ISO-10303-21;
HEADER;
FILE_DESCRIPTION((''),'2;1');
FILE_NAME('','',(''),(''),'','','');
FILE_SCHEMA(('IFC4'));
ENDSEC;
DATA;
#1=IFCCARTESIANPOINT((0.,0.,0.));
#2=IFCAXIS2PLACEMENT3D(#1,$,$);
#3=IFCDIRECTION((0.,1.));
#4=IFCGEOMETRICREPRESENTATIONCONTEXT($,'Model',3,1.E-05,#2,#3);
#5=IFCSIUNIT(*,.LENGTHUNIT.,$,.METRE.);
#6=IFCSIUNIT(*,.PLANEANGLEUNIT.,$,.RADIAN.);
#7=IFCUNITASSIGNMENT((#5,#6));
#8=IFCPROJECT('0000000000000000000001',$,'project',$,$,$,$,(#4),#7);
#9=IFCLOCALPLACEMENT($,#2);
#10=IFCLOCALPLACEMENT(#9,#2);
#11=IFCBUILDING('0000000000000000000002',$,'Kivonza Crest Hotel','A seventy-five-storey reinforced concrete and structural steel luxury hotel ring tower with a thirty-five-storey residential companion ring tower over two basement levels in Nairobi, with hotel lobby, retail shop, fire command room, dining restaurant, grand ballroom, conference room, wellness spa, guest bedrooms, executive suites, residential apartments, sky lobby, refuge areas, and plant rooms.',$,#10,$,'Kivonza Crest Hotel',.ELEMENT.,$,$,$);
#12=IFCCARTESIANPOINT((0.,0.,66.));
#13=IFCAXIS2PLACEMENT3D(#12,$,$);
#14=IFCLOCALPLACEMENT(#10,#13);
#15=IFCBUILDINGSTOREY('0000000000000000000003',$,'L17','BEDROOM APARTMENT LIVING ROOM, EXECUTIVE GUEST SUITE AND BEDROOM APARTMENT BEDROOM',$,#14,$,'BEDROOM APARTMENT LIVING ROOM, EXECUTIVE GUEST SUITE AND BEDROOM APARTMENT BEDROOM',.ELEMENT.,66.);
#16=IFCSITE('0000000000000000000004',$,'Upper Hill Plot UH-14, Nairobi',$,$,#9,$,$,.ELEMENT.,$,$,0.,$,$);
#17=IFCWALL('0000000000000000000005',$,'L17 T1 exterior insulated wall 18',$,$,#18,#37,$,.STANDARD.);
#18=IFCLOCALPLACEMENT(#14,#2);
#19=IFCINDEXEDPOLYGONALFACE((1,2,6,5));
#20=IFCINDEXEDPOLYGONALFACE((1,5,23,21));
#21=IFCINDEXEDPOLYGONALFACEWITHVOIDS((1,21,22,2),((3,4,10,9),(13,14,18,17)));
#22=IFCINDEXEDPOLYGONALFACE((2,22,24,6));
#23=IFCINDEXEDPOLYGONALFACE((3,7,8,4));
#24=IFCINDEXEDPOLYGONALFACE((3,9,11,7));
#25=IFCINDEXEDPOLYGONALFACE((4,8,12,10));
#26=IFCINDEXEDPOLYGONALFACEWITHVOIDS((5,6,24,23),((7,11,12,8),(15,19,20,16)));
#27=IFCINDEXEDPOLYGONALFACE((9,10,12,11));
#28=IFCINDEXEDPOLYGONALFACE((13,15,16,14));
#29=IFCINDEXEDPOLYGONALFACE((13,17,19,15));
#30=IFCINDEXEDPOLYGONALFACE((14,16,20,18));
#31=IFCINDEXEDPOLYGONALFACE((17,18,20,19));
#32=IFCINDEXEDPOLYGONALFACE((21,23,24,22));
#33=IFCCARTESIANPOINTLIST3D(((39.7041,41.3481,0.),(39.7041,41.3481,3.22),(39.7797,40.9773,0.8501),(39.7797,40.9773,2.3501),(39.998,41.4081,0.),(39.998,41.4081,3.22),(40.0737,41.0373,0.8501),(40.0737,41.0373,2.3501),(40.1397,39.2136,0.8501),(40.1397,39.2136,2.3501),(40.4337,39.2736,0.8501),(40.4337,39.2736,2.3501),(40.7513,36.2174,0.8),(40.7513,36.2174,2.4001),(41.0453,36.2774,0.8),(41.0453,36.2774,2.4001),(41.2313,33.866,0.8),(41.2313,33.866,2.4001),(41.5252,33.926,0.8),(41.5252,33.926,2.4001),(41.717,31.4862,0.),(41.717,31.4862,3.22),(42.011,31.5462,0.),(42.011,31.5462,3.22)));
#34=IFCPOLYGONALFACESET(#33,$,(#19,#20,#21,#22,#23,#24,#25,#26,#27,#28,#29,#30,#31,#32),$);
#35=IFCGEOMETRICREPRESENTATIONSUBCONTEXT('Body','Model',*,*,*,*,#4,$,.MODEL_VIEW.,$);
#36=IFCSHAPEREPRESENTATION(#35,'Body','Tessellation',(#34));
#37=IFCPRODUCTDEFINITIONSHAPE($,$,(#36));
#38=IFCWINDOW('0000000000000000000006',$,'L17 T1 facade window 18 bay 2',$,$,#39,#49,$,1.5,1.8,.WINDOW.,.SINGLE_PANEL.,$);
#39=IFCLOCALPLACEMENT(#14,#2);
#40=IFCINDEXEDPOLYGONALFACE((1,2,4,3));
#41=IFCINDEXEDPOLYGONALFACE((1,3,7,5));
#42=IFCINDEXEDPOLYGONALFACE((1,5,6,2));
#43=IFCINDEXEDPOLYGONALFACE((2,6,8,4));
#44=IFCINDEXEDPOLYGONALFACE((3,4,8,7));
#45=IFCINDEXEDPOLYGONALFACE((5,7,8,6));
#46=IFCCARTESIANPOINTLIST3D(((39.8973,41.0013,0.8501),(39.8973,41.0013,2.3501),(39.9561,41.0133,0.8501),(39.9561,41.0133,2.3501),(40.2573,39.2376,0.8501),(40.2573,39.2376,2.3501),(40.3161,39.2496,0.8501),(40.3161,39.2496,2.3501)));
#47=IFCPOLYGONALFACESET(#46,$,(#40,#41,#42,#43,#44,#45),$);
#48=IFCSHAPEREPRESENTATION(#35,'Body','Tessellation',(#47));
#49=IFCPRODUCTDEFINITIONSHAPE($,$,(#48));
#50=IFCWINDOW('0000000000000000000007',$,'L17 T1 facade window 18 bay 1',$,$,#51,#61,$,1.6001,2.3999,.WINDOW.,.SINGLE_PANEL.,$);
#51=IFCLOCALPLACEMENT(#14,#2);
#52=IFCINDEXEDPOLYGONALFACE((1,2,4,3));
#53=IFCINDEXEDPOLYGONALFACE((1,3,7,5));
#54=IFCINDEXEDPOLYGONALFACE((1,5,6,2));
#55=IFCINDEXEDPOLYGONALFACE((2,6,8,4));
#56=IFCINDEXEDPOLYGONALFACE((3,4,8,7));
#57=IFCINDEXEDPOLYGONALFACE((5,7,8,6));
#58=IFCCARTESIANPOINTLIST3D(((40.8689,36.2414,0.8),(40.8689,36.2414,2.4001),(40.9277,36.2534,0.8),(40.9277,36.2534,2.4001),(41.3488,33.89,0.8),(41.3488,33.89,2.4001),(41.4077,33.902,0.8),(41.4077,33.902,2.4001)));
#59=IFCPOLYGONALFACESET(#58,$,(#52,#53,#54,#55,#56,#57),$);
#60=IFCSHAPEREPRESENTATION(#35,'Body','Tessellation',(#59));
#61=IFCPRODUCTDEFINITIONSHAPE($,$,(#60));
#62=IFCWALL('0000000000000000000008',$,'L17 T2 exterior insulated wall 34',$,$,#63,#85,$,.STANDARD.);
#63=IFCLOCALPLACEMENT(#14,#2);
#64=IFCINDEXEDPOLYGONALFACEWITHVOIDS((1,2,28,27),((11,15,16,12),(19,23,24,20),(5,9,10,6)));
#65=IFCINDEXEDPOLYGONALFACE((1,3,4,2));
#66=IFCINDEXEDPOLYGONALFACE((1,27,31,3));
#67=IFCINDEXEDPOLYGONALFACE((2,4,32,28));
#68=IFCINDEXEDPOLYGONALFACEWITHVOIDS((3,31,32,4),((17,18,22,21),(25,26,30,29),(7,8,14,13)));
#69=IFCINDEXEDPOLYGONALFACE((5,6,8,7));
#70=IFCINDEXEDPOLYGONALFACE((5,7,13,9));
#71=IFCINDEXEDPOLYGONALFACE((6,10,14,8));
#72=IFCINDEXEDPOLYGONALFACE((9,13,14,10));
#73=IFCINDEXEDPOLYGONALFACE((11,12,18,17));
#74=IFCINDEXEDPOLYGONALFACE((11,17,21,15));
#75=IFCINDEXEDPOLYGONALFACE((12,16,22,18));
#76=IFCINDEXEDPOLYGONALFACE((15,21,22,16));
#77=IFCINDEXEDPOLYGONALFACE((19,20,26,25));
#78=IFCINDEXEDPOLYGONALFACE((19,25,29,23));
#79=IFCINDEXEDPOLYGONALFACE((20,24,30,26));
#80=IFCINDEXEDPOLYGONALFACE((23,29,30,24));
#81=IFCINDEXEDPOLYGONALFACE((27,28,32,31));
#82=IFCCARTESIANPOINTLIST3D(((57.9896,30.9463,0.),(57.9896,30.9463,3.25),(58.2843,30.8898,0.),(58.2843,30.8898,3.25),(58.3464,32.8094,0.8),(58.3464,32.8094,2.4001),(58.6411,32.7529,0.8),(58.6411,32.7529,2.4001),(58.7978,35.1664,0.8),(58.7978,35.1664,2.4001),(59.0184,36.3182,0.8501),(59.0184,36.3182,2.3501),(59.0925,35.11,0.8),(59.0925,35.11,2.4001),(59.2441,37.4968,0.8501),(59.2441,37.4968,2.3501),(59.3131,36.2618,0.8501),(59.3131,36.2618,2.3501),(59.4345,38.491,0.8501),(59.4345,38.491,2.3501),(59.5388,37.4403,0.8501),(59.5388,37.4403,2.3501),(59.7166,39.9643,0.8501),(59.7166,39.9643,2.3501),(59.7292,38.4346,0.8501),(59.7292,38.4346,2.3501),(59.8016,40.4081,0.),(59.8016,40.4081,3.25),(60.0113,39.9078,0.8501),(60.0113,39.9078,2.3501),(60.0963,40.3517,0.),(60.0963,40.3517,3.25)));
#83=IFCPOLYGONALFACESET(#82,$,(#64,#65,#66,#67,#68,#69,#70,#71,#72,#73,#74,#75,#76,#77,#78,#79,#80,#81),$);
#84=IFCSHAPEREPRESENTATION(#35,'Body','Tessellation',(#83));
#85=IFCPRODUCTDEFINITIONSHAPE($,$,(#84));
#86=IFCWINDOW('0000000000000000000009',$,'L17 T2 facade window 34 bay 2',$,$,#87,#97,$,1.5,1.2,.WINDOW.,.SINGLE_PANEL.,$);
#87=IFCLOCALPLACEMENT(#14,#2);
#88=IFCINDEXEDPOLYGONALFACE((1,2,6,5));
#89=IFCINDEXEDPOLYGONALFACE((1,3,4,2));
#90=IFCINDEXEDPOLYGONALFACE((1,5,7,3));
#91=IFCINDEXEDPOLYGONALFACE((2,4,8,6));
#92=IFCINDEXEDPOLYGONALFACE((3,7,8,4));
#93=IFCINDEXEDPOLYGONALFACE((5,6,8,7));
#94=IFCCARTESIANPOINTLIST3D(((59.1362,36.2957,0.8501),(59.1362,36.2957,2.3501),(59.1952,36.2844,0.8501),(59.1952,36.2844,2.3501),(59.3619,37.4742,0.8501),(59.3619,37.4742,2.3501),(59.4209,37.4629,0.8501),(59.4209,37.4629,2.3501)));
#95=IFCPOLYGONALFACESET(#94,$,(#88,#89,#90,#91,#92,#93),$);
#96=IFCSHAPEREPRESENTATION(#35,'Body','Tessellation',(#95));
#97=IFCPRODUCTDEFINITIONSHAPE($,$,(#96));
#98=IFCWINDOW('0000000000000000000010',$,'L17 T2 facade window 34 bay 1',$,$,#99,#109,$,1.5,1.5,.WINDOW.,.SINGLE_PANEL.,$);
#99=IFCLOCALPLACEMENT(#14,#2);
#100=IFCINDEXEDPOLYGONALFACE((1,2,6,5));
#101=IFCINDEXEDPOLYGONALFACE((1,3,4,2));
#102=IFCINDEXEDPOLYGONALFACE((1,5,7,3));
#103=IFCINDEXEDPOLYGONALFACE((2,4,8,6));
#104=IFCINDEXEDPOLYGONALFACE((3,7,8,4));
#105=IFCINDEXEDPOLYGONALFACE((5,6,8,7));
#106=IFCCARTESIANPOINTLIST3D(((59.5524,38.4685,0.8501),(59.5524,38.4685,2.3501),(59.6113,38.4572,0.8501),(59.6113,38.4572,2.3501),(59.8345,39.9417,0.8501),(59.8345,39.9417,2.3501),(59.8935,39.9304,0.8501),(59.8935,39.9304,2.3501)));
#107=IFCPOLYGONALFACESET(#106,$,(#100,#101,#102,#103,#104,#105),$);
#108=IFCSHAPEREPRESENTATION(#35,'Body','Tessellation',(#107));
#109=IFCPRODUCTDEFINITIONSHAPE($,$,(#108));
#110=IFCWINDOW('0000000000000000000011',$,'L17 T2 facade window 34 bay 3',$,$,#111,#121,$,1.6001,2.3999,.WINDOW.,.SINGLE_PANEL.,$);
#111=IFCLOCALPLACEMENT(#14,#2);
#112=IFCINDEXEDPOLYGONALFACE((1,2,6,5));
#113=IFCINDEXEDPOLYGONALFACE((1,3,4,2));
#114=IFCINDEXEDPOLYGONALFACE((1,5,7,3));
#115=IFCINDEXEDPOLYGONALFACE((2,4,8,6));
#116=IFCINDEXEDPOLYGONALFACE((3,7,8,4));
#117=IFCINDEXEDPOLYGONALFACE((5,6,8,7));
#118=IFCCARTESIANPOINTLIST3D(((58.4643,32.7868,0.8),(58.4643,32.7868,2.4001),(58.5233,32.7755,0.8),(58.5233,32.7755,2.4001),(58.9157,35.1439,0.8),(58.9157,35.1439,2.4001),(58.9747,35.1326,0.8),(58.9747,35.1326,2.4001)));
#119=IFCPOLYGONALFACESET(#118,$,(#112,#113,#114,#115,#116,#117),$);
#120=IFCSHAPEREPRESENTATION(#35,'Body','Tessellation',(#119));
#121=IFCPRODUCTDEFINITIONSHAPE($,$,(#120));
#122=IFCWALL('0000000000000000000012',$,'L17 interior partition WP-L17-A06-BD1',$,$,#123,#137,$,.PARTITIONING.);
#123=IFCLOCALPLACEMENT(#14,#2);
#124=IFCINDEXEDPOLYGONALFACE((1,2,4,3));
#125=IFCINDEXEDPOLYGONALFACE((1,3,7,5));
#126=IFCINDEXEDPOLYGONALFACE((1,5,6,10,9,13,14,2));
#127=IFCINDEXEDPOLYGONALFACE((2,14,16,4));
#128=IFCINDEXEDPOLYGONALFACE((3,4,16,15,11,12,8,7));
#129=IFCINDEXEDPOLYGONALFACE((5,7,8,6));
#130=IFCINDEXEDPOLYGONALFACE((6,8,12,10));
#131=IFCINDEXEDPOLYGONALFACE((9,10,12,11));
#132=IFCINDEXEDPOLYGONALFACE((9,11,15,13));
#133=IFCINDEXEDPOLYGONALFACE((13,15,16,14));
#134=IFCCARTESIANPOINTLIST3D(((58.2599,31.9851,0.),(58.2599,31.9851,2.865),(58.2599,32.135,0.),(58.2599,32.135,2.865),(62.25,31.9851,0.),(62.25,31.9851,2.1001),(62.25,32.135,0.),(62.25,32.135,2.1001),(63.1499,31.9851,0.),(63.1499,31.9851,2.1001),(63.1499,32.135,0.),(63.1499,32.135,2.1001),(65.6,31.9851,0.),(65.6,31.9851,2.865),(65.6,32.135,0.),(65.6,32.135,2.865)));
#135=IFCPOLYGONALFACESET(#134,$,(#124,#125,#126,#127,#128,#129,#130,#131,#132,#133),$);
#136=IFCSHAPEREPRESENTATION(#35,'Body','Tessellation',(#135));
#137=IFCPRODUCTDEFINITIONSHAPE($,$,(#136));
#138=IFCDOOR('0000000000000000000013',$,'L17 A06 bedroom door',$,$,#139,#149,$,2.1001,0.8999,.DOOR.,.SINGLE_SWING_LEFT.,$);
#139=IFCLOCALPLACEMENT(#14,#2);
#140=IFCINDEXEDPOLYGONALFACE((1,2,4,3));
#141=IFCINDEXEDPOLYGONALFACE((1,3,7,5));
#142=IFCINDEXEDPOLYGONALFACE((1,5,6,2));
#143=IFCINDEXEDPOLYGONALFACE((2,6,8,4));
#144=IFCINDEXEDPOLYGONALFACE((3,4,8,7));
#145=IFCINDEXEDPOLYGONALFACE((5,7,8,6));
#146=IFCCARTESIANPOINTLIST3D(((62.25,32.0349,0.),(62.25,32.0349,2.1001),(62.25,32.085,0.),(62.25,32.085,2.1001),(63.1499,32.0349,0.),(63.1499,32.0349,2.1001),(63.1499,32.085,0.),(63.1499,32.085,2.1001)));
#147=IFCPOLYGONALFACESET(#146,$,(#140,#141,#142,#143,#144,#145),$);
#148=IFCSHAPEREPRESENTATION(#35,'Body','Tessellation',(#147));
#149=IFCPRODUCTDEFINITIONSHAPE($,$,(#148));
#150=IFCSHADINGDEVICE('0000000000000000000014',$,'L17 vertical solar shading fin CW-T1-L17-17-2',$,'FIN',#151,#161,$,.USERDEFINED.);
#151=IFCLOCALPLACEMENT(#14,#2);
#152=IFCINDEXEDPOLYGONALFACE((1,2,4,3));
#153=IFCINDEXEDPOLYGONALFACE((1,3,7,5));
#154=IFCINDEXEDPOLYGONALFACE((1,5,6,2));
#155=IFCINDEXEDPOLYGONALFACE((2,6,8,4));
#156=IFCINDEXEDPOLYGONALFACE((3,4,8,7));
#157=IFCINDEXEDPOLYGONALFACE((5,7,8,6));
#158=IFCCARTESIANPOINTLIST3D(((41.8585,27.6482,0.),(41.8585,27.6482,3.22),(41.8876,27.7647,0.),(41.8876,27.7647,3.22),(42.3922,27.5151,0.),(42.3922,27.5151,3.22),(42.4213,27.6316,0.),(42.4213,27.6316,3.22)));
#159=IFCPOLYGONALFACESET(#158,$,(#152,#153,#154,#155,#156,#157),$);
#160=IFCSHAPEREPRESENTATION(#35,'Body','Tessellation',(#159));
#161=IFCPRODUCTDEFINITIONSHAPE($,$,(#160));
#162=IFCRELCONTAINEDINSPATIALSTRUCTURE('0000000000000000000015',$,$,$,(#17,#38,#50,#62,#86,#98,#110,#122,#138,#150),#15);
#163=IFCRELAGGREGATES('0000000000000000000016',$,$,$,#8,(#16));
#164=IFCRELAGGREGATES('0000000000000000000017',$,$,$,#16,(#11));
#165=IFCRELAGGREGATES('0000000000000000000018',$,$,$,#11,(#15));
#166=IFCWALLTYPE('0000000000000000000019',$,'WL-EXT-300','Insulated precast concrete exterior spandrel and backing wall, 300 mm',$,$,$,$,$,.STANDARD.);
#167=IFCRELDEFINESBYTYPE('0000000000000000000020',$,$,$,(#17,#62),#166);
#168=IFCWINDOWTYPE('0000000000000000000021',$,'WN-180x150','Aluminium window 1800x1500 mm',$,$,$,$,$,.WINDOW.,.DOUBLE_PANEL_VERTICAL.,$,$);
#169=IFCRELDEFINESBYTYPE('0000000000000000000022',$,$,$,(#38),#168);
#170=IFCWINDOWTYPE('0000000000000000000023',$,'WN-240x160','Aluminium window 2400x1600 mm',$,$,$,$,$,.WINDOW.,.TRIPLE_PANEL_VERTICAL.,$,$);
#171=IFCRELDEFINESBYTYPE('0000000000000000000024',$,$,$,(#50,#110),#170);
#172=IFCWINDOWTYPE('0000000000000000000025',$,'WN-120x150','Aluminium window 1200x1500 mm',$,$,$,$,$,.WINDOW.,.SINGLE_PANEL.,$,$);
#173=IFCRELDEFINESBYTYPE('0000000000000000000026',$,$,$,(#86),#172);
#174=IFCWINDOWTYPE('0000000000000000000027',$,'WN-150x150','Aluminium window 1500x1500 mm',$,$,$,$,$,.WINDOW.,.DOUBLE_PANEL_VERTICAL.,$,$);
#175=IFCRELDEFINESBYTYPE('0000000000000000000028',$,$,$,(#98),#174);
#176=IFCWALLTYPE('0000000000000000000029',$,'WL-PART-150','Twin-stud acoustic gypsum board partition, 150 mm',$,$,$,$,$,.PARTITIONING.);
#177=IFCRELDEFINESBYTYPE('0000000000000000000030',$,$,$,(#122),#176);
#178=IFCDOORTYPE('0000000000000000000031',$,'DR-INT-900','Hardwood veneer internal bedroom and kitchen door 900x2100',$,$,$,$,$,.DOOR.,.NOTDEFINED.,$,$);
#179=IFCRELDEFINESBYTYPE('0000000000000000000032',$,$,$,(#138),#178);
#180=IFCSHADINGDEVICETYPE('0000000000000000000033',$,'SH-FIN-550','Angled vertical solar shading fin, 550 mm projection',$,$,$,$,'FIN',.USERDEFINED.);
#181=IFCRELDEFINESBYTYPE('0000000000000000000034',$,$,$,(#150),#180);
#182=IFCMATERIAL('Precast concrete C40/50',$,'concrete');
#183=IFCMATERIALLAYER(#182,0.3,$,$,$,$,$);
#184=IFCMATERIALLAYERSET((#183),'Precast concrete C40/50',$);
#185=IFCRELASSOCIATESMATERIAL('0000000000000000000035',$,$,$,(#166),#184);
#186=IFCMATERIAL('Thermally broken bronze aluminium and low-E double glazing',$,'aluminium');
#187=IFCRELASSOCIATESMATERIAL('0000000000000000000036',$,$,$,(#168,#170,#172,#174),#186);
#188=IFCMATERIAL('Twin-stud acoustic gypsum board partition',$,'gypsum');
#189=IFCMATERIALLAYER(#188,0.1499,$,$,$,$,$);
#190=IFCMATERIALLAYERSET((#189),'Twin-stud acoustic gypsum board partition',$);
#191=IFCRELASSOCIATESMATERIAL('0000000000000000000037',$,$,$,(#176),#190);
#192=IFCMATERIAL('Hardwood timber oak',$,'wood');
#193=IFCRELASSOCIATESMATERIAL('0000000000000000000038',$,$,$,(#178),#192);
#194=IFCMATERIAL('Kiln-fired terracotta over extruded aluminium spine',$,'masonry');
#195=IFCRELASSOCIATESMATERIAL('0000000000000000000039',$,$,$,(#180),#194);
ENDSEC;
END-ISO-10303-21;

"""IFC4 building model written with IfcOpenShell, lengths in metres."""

from ifc_helpers import new_model, si_unit, direction, frame, frame_2d, origin, origin_2d, place, context, subcontext, project, spatial, rectangle, extrude, material, layer, layer_set, type_object, element, fill, save


model = new_model("IFC4")

# Units and contexts
model_context = context("Model", 3, precision=1e-05, world=origin(), true_north=direction((0.0, 1.0)))
body_context = subcontext(model_context, "Body", "Model", "MODEL_VIEW")
ifc_project = project(units=[si_unit("LENGTHUNIT", "METRE"), si_unit("PLANEANGLEUNIT", "RADIAN")], contexts=[model_context])

# Site, building, storey
site_placement = place(None, origin())
site = spatial("IfcSite", under=ifc_project, at=site_placement, Name="Upper Hill Plot UH-14, Nairobi", CompositionType="ELEMENT", RefElevation=0.0)
building_placement = place(site_placement, origin())
building = spatial("IfcBuilding", under=site, at=building_placement, Name="Kivonza Crest Hotel", Description="A seventy-five-storey reinforced concrete and structural steel luxury hotel ring tower with a thirty-five-storey residential companion ring tower over two basement levels in Nairobi, with hotel lobby, retail shop, fire command room, dining restaurant, grand ballroom, conference room, wellness spa, guest bedrooms, executive suites, residential apartments, sky lobby, refuge areas, and plant rooms.", LongName="Kivonza Crest Hotel", CompositionType="ELEMENT")
storey_placement = place(building_placement, frame((0.0, 0.0, 66.0)))
storey = spatial("IfcBuildingStorey", under=building, at=storey_placement, Name="L17", Description="BEDROOM APARTMENT LIVING ROOM, EXECUTIVE GUEST SUITE AND BEDROOM APARTMENT BEDROOM", LongName="BEDROOM APARTMENT LIVING ROOM, EXECUTIVE GUEST SUITE AND BEDROOM APARTMENT BEDROOM", CompositionType="ELEMENT", Elevation=66.0)

# Walls, openings, windows
ifc_material_1 = material(Name="Precast concrete C40/50", Category="concrete")
ifc_layer_1 = layer(ifc_material_1, 0.3)
ifc_layer_set_1 = layer_set([ifc_layer_1], Name="Precast concrete C40/50")
wall_type_1 = type_object("IfcWallType", Name="WL-EXT-300", Description="Insulated precast concrete exterior spandrel and backing wall, 300 mm", PredefinedType="STANDARD", material=ifc_layer_set_1)
wall_1_placement = place(storey_placement, frame((41.864, 31.5161, 0.0), z_axis=(0.0, 0.0, 1.0), x_axis=(-0.199991, 0.979798, 0.0)))
wall_1 = element("IfcWall", 1, at=wall_1_placement, inside=storey, type_object=wall_type_1, Name="L17 T1 exterior insulated wall 18", PredefinedType="STANDARD", context=body_context, shape_type="SweptSolid", body=[
    extrude(rectangle(XDim=10.0652, YDim=0.3, at=frame_2d((5.0327, 0.0))), origin(), (0.0, 0.0, 1.0), 3.22),
])
opening_1_placement = place(wall_1_placement, frame((2.429, 0.0, 0.8)))
opening_1 = element("IfcOpeningElement", 2, at=opening_1_placement, cuts=wall_1, PredefinedType="OPENING", context=body_context, shape_type="SweptSolid", body=[
    extrude(rectangle(XDim=2.3999, YDim=1.6001, at=frame_2d((1.2, 0.8))), frame((0.0, 0.1602, 0.0), z_axis=(0.0, -1.0, 0.0), x_axis=(1.0, 0.0, 0.0)), (0.0, 0.0, 1.0), 0.3201),
])
opening_2_placement = place(wall_1_placement, frame((7.887, 0.0, 0.8501)))
opening_2 = element("IfcOpeningElement", 3, at=opening_2_placement, cuts=wall_1, PredefinedType="OPENING", context=body_context, shape_type="SweptSolid", body=[
    extrude(rectangle(XDim=1.8, YDim=1.5, at=frame_2d((0.8999, 0.75))), frame((0.0, 0.1602, 0.0), z_axis=(0.0, -1.0, 0.0), x_axis=(1.0, 0.0, 0.0)), (0.0, 0.0, 1.0), 0.3201),
])
ifc_material_2 = material(Name="Thermally broken bronze aluminium and low-E double glazing", Category="aluminium")
window_type_1 = type_object("IfcWindowType", Name="WN-180x150", Description="Aluminium window 1800x1500 mm", PartitioningType="DOUBLE_PANEL_VERTICAL", PredefinedType="WINDOW", material=ifc_material_2)
window_1_placement = place(opening_2_placement, origin())
window_1 = element("IfcWindow", 4, at=window_1_placement, inside=storey, type_object=window_type_1, Name="L17 T1 facade window 18 bay 2", OverallHeight=1.5, OverallWidth=1.8, PartitioningType="SINGLE_PANEL", PredefinedType="WINDOW", context=body_context, shape_type="SweptSolid", body=[
    extrude(rectangle(XDim=1.8, YDim=1.5, at=frame_2d((0.8999, 0.75))), frame((0.0, 0.03, 0.0), z_axis=(0.0, -1.0, 0.0), x_axis=(1.0, 0.0, 0.0)), (0.0, 0.0, 1.0), 0.0601),
])
fill(opening_2, window_1)
window_type_2 = type_object("IfcWindowType", Name="WN-240x160", Description="Aluminium window 2400x1600 mm", PartitioningType="TRIPLE_PANEL_VERTICAL", PredefinedType="WINDOW", material=ifc_material_2)
window_2_placement = place(opening_1_placement, origin())
window_2 = element("IfcWindow", 5, at=window_2_placement, inside=storey, type_object=window_type_2, Name="L17 T1 facade window 18 bay 1", OverallHeight=1.6001, OverallWidth=2.3999, PartitioningType="SINGLE_PANEL", PredefinedType="WINDOW", context=body_context, shape_type="SweptSolid", body=[
    extrude(rectangle(XDim=2.3999, YDim=1.6001, at=frame_2d((1.2, 0.8))), frame((0.0, 0.03, 0.0), z_axis=(0.0, -1.0, 0.0), x_axis=(1.0, 0.0, 0.0)), (0.0, 0.0, 1.0), 0.0601),
])
fill(opening_1, window_2)
wall_2_placement = place(storey_placement, frame((59.949, 40.3799, 0.0), z_axis=(0.0, 0.0, 1.0), x_axis=(-0.188088, -0.982152, 0.0)))
wall_2 = element("IfcWall", 6, at=wall_2_placement, inside=storey, type_object=wall_type_1, Name="L17 T2 exterior insulated wall 34", PredefinedType="STANDARD", context=body_context, shape_type="SweptSolid", body=[
    extrude(rectangle(XDim=9.6338, YDim=0.3, at=frame_2d((4.8169, 0.0))), origin(), (0.0, 0.0, 1.0), 3.25),
])
opening_3_placement = place(wall_2_placement, frame((0.4519, 0.0, 0.8501)))
opening_3 = element("IfcOpeningElement", 7, at=opening_3_placement, cuts=wall_2, PredefinedType="OPENING", context=body_context, shape_type="SweptSolid", body=[
    extrude(rectangle(XDim=1.5, YDim=1.5, at=frame_2d((0.75, 0.75))), frame((0.0, 0.1602, 0.0), z_axis=(0.0, -1.0, 0.0), x_axis=(1.0, 0.0, 0.0)), (0.0, 0.0, 1.0), 0.3201),
])
opening_4_placement = place(wall_2_placement, frame((2.9641, 0.0, 0.8501)))
opening_4 = element("IfcOpeningElement", 8, at=opening_4_placement, cuts=wall_2, PredefinedType="OPENING", context=body_context, shape_type="SweptSolid", body=[
    extrude(rectangle(XDim=1.2, YDim=1.5, at=frame_2d((0.6001, 0.75))), frame((0.0, 0.1602, 0.0), z_axis=(0.0, -1.0, 0.0), x_axis=(1.0, 0.0, 0.0)), (0.0, 0.0, 1.0), 0.3201),
])
opening_5_placement = place(wall_2_placement, frame((5.3369, 0.0, 0.8)))
opening_5 = element("IfcOpeningElement", 9, at=opening_5_placement, cuts=wall_2, PredefinedType="OPENING", context=body_context, shape_type="SweptSolid", body=[
    extrude(rectangle(XDim=2.3999, YDim=1.6001, at=frame_2d((1.2, 0.8))), frame((0.0, 0.1602, 0.0), z_axis=(0.0, -1.0, 0.0), x_axis=(1.0, 0.0, 0.0)), (0.0, 0.0, 1.0), 0.3201),
])
window_type_3 = type_object("IfcWindowType", Name="WN-120x150", Description="Aluminium window 1200x1500 mm", PartitioningType="SINGLE_PANEL", PredefinedType="WINDOW", material=ifc_material_2)
window_3_placement = place(opening_4_placement, origin())
window_3 = element("IfcWindow", 10, at=window_3_placement, inside=storey, type_object=window_type_3, Name="L17 T2 facade window 34 bay 2", OverallHeight=1.5, OverallWidth=1.2, PartitioningType="SINGLE_PANEL", PredefinedType="WINDOW", context=body_context, shape_type="SweptSolid", body=[
    extrude(rectangle(XDim=1.2, YDim=1.5, at=frame_2d((0.6001, 0.75))), frame((0.0, 0.03, 0.0), z_axis=(0.0, -1.0, 0.0), x_axis=(1.0, 0.0, 0.0)), (0.0, 0.0, 1.0), 0.0601),
])
fill(opening_4, window_3)
window_type_4 = type_object("IfcWindowType", Name="WN-150x150", Description="Aluminium window 1500x1500 mm", PartitioningType="DOUBLE_PANEL_VERTICAL", PredefinedType="WINDOW", material=ifc_material_2)
window_4_placement = place(opening_3_placement, origin())
window_4 = element("IfcWindow", 11, at=window_4_placement, inside=storey, type_object=window_type_4, Name="L17 T2 facade window 34 bay 1", OverallHeight=1.5, OverallWidth=1.5, PartitioningType="SINGLE_PANEL", PredefinedType="WINDOW", context=body_context, shape_type="SweptSolid", body=[
    extrude(rectangle(XDim=1.5, YDim=1.5, at=frame_2d((0.75, 0.75))), frame((0.0, 0.03, 0.0), z_axis=(0.0, -1.0, 0.0), x_axis=(1.0, 0.0, 0.0)), (0.0, 0.0, 1.0), 0.0601),
])
fill(opening_3, window_4)
window_5_placement = place(opening_5_placement, origin())
window_5 = element("IfcWindow", 12, at=window_5_placement, inside=storey, type_object=window_type_2, Name="L17 T2 facade window 34 bay 3", OverallHeight=1.6001, OverallWidth=2.3999, PartitioningType="SINGLE_PANEL", PredefinedType="WINDOW", context=body_context, shape_type="SweptSolid", body=[
    extrude(rectangle(XDim=2.3999, YDim=1.6001, at=frame_2d((1.2, 0.8))), frame((0.0, 0.03, 0.0), z_axis=(0.0, -1.0, 0.0), x_axis=(1.0, 0.0, 0.0)), (0.0, 0.0, 1.0), 0.0601),
])
fill(opening_5, window_5)

# Wall, opening, door
ifc_material_3 = material(Name="Twin-stud acoustic gypsum board partition", Category="gypsum")
ifc_layer_2 = layer(ifc_material_3, 0.1499)
ifc_layer_set_2 = layer_set([ifc_layer_2], Name="Twin-stud acoustic gypsum board partition")
wall_type_2 = type_object("IfcWallType", Name="WL-PART-150", Description="Twin-stud acoustic gypsum board partition, 150 mm", PredefinedType="PARTITIONING", material=ifc_layer_set_2)
wall_3_placement = place(storey_placement, frame((58.26, 32.0601, 0.0), z_axis=(0.0, 0.0, 1.0), x_axis=(1.0, 0.0, 0.0)))
wall_3 = element("IfcWall", 13, at=wall_3_placement, inside=storey, type_object=wall_type_2, Name="L17 interior partition WP-L17-A06-BD1", PredefinedType="PARTITIONING", context=body_context, shape_type="SweptSolid", body=[
    extrude(rectangle(XDim=7.3401, YDim=0.1499, at=frame_2d((3.6699, 0.0))), origin(), (0.0, 0.0, 1.0), 2.865),
])
opening_6_placement = place(wall_3_placement, frame((3.99, 0.0, 0.0)))
opening_6 = element("IfcOpeningElement", 14, at=opening_6_placement, cuts=wall_3, PredefinedType="OPENING", context=body_context, shape_type="SweptSolid", body=[
    extrude(rectangle(XDim=0.8999, YDim=2.1001, at=frame_2d((0.45, 1.05))), frame((0.0, 0.085, 0.0), z_axis=(0.0, -1.0, 0.0), x_axis=(1.0, 0.0, 0.0)), (0.0, 0.0, 1.0), 0.1699),
])
ifc_material_4 = material(Name="Hardwood timber oak", Category="wood")
door_type = type_object("IfcDoorType", Name="DR-INT-900", Description="Hardwood veneer internal bedroom and kitchen door 900x2100", OperationType="NOTDEFINED", PredefinedType="DOOR", material=ifc_material_4)
door_placement = place(opening_6_placement, origin())
door = element("IfcDoor", 15, at=door_placement, inside=storey, type_object=door_type, Name="L17 A06 bedroom door", OperationType="SINGLE_SWING_LEFT", OverallHeight=2.1001, OverallWidth=0.8999, PredefinedType="DOOR", context=body_context, shape_type="SweptSolid", body=[
    extrude(rectangle(XDim=0.8999, YDim=2.1001, at=frame_2d((0.45, 1.05))), frame((0.0, 0.0249, 0.0), z_axis=(0.0, -1.0, 0.0), x_axis=(1.0, 0.0, 0.0)), (0.0, 0.0, 1.0), 0.05),
])
fill(opening_6, door)

# Shading device
ifc_material_5 = material(Name="Kiln-fired terracotta over extruded aluminium spine", Category="masonry")
shading_device_type = type_object("IfcShadingDeviceType", Name="SH-FIN-550", Description="Angled vertical solar shading fin, 550 mm projection", ElementType="FIN", PredefinedType="USERDEFINED", material=ifc_material_5)
shading_device_1_placement = place(storey_placement, frame((42.1399, 27.6399, 0.0), z_axis=(0.0, 0.0, 1.0), x_axis=(0.241922, 0.970296, 0.0)))
element("IfcShadingDevice", 16, at=shading_device_1_placement, inside=storey, type_object=shading_device_type, Name="L17 vertical solar shading fin CW-T1-L17-17-2", ObjectType="FIN", PredefinedType="USERDEFINED", context=body_context, shape_type="SweptSolid", body=[
    extrude(rectangle(XDim=0.1201, YDim=0.55, at=origin_2d()), origin(), (0.0, 0.0, 1.0), 3.22),
])

save(model, "model.ifc")
